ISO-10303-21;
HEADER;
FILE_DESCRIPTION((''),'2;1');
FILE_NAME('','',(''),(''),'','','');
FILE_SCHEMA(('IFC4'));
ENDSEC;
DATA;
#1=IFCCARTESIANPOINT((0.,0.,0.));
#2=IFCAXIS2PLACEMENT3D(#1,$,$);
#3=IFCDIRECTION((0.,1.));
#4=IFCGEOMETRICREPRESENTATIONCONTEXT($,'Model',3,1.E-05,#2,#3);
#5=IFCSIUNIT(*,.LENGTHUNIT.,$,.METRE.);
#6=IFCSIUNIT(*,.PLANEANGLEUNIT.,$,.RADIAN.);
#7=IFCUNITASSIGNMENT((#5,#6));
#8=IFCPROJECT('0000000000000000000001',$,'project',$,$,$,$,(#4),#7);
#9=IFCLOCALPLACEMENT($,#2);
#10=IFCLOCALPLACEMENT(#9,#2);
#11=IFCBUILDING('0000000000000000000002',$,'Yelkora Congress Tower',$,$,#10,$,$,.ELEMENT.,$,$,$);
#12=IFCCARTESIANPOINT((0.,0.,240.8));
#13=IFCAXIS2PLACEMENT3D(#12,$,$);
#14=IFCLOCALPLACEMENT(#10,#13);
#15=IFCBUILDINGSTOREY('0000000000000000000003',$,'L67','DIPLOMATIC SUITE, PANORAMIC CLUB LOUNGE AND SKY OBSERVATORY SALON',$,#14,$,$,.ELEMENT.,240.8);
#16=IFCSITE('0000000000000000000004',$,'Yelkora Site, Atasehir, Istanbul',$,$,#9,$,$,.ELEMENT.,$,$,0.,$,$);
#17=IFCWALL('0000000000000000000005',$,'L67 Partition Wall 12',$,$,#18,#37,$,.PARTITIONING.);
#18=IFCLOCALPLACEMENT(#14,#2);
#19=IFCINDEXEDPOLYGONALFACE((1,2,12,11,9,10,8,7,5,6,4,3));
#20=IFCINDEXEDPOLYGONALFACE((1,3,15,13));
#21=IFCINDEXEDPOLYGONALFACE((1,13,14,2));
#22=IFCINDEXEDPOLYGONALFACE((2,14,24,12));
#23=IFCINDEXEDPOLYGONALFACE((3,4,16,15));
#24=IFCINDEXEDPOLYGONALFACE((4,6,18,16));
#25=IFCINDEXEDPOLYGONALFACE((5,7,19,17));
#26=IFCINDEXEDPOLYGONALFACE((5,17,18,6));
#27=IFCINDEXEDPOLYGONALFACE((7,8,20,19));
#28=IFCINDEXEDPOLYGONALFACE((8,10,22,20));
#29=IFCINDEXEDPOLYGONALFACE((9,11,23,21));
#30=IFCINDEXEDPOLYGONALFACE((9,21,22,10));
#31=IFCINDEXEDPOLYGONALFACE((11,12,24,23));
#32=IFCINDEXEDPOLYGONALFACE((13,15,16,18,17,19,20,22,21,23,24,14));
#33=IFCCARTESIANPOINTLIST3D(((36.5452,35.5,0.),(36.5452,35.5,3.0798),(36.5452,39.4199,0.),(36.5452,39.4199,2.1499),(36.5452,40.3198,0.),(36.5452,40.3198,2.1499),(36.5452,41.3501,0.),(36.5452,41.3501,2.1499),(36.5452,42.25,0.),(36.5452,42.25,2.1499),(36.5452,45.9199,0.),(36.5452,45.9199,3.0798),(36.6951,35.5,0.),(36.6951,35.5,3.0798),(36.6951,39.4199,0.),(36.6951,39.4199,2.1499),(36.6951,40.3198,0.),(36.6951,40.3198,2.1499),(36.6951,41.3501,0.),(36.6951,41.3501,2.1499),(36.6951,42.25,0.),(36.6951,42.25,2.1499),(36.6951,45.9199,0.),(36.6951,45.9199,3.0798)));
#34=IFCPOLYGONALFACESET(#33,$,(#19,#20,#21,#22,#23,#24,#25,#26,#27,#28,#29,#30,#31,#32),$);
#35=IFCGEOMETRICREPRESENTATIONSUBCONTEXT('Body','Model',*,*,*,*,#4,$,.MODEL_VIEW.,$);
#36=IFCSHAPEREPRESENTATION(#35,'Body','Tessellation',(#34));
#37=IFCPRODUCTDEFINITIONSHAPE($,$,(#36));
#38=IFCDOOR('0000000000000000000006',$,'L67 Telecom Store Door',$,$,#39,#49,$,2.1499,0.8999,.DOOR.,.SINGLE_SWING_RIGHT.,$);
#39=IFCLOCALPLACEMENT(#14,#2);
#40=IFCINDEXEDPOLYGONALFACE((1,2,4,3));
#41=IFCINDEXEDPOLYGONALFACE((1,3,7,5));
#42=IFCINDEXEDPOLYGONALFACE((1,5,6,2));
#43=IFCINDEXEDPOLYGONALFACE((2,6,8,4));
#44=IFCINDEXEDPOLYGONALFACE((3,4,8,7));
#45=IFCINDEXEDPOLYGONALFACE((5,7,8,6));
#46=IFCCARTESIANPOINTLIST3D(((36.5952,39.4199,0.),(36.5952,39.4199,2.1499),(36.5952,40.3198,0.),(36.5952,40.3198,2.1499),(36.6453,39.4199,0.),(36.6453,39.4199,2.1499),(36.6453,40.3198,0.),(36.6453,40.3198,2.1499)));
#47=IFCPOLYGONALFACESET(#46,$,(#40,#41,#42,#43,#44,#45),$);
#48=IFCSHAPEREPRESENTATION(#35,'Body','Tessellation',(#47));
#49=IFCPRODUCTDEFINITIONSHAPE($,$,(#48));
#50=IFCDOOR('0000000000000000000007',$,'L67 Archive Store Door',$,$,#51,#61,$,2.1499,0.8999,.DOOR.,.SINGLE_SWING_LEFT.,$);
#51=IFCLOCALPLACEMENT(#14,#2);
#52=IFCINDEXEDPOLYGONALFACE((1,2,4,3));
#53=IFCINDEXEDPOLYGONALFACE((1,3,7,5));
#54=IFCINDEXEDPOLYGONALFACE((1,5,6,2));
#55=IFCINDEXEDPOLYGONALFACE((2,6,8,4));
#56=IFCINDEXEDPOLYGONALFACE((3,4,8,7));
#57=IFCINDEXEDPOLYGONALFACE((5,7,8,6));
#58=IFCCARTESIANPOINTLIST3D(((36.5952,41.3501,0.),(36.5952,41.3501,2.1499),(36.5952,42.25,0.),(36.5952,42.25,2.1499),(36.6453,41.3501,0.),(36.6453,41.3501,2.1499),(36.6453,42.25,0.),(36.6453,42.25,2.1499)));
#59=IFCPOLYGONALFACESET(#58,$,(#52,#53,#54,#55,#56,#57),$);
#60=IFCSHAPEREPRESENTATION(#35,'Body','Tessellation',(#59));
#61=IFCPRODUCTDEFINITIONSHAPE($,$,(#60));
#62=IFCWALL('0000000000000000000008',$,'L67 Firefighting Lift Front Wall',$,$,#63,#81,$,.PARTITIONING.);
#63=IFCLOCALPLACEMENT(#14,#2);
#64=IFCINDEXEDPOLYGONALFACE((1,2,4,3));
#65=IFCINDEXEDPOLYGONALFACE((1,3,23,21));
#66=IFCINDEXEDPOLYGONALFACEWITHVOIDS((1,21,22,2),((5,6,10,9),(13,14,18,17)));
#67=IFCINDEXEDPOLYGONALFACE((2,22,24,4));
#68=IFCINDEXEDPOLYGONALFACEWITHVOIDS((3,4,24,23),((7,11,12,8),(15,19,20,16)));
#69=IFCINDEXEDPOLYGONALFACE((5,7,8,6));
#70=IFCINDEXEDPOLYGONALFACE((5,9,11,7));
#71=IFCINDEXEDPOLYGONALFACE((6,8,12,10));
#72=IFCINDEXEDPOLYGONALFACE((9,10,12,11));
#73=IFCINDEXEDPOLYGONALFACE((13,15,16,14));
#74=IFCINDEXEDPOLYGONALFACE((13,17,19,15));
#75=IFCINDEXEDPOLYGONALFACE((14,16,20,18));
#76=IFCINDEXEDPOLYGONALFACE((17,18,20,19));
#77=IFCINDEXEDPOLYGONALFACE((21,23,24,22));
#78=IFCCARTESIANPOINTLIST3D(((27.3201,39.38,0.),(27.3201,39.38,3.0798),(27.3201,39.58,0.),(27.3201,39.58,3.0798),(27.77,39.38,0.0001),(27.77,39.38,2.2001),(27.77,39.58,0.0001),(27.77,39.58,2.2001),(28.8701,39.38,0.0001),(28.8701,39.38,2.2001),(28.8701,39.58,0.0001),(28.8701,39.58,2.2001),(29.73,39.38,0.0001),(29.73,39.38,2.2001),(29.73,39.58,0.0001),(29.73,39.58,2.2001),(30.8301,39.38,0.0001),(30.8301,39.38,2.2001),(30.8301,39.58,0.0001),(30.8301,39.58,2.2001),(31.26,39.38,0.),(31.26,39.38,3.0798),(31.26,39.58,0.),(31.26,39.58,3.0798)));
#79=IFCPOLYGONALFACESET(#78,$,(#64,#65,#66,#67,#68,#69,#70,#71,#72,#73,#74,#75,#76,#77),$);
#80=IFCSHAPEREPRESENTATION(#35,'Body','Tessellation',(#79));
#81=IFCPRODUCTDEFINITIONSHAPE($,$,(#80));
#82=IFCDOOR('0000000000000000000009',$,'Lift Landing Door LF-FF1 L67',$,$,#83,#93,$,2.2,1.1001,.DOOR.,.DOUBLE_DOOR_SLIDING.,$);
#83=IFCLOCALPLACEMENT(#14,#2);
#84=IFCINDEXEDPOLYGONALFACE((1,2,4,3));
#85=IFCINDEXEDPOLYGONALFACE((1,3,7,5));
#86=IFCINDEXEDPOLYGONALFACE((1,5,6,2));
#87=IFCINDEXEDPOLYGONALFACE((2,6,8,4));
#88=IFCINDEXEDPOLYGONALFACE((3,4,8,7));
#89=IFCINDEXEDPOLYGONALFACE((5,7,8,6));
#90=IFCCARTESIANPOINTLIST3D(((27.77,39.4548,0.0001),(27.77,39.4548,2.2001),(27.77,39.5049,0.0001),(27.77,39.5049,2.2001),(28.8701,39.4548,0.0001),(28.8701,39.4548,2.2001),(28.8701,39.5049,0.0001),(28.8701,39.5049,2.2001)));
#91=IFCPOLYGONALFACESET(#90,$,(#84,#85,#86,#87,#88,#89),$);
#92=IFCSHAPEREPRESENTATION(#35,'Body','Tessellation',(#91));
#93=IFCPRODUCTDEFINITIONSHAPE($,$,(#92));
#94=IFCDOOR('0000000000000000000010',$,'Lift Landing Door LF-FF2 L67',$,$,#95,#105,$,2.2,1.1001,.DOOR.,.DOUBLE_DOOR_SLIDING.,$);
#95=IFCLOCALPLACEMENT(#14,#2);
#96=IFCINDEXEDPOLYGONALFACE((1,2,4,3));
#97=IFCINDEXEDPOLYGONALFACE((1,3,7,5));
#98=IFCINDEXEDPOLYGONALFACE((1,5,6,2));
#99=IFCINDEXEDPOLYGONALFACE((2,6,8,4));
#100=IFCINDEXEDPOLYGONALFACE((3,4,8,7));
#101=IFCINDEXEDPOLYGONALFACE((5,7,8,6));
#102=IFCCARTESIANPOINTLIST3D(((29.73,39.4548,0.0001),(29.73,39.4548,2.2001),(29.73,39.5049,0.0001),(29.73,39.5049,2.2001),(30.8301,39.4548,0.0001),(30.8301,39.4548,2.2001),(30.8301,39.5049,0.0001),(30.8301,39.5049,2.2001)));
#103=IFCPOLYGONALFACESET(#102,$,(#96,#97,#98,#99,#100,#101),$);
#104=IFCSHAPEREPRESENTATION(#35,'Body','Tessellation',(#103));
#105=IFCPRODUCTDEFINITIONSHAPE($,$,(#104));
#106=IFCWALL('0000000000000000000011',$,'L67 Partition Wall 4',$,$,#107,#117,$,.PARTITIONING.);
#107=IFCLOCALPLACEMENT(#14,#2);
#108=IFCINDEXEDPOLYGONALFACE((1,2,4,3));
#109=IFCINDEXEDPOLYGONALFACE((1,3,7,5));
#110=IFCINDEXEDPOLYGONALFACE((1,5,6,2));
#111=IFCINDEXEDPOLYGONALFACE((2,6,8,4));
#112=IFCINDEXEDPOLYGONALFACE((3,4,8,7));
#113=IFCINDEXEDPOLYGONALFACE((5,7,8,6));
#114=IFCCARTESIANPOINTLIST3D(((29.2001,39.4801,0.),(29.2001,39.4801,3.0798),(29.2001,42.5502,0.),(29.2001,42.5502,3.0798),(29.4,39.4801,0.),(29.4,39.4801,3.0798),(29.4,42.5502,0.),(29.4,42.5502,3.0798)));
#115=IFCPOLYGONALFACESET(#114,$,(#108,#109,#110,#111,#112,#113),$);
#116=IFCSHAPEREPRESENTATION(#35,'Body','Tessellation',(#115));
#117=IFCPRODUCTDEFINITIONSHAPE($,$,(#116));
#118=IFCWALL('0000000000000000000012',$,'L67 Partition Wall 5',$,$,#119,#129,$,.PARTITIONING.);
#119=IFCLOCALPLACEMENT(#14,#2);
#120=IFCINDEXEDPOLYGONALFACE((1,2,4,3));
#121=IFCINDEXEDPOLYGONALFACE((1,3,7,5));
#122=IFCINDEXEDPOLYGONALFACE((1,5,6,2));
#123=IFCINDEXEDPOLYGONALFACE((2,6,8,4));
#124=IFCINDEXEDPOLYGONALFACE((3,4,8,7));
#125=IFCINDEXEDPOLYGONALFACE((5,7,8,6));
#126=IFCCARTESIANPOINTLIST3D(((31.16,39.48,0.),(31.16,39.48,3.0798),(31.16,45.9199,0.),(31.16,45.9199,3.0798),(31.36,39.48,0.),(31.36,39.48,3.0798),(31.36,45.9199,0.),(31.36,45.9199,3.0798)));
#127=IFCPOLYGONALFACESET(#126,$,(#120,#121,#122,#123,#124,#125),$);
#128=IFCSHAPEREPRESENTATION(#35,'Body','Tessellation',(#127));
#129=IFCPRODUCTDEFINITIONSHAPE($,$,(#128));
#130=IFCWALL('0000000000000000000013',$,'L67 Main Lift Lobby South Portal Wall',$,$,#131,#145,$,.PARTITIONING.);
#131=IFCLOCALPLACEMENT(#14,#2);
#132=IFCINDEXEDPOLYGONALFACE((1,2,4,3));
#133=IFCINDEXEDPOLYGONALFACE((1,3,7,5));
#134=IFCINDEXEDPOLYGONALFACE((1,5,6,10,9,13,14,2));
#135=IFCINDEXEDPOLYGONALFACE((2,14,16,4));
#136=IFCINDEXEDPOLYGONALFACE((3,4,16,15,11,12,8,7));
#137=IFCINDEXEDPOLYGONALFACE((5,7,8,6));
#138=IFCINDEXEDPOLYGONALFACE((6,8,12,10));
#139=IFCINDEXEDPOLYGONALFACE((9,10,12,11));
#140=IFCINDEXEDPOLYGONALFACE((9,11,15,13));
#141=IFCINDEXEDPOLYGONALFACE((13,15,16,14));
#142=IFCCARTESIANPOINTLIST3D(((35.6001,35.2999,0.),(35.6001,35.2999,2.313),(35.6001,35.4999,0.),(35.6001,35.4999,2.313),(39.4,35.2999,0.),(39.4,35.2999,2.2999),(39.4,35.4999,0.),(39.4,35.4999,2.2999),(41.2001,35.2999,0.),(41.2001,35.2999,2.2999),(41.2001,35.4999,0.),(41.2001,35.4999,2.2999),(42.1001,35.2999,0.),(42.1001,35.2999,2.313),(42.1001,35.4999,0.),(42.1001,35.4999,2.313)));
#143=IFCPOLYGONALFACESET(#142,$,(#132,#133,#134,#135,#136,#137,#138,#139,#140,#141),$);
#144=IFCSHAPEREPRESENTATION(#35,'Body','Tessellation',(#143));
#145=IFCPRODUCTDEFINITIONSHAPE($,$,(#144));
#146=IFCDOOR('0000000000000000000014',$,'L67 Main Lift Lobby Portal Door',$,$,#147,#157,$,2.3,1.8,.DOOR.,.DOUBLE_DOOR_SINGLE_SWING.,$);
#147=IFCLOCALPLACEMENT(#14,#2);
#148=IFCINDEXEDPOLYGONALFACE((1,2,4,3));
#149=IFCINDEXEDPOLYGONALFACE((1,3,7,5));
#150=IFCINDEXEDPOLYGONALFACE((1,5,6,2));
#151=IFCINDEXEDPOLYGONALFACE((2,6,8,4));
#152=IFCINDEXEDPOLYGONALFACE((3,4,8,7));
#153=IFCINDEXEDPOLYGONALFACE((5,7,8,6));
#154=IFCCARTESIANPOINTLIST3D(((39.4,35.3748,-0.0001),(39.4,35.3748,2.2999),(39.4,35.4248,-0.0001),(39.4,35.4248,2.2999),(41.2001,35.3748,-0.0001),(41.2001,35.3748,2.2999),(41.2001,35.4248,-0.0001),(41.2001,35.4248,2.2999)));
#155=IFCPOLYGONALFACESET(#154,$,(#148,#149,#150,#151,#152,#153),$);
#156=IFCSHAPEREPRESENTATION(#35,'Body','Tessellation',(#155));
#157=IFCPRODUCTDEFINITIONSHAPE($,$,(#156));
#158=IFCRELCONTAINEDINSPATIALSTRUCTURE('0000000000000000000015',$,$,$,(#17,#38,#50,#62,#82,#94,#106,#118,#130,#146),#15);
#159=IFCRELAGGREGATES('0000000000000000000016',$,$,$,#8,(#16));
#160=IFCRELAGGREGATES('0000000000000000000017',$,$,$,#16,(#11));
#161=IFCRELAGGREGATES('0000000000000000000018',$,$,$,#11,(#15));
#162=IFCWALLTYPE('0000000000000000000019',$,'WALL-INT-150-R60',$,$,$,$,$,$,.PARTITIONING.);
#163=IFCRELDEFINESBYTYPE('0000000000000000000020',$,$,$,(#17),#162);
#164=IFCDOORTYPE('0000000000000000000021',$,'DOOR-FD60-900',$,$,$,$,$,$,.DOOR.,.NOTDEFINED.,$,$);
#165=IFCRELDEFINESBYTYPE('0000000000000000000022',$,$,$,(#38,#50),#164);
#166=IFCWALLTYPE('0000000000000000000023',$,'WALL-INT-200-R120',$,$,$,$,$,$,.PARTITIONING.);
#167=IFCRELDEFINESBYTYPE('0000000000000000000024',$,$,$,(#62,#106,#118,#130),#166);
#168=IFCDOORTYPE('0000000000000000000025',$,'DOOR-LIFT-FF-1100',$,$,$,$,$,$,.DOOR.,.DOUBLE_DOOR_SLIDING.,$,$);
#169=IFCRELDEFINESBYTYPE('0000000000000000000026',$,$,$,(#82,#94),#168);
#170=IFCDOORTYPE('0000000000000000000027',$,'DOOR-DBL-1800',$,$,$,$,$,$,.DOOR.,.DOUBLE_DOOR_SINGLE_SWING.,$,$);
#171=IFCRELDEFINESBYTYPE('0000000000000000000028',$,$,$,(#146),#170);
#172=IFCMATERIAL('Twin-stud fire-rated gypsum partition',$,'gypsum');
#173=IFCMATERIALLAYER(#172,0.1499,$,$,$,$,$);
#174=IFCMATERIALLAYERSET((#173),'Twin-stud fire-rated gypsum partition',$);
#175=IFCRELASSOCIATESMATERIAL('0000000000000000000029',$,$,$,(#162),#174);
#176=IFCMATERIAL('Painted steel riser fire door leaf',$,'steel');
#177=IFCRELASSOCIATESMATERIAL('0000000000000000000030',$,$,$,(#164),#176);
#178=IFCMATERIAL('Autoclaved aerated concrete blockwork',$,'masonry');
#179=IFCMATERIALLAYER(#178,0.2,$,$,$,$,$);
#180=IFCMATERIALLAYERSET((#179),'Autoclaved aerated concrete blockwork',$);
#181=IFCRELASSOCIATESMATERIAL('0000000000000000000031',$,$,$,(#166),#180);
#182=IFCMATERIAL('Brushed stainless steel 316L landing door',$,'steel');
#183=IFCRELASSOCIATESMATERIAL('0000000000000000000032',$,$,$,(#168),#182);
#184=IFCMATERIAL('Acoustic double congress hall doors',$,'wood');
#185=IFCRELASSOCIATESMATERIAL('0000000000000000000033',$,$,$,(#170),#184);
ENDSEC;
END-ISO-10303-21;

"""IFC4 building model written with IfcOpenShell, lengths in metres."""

from ifc_helpers import new_model, si_unit, direction, frame, frame_2d, origin, place, context, subcontext, project, spatial, rectangle, extrude, material, layer, layer_set, type_object, element, fill, save


model = new_model("IFC4")

# Units and contexts
model_context = context("Model", 3, precision=1e-05, world=origin(), true_north=direction((0.0, 1.0)))
body_context = subcontext(model_context, "Body", "Model", "MODEL_VIEW")
ifc_project = project(units=[si_unit("LENGTHUNIT", "METRE"), si_unit("PLANEANGLEUNIT", "RADIAN")], contexts=[model_context])

# Site, building, storey
site_placement = place(None, origin())
site = spatial("IfcSite", under=ifc_project, at=site_placement, Name="Yelkora Site, Atasehir, Istanbul", CompositionType="ELEMENT", RefElevation=0.0)
building_placement = place(site_placement, origin())
building = spatial("IfcBuilding", under=site, at=building_placement, Name="Yelkora Congress Tower", CompositionType="ELEMENT")
storey_placement = place(building_placement, frame((0.0, 0.0, 240.8)))
storey = spatial("IfcBuildingStorey", under=building, at=storey_placement, Name="L67", Description="DIPLOMATIC SUITE, PANORAMIC CLUB LOUNGE AND SKY OBSERVATORY SALON", CompositionType="ELEMENT", Elevation=240.8)

# Shared definitions
ifc_material_1 = material(Name="Twin-stud fire-rated gypsum partition", Category="gypsum")
ifc_layer_1 = layer(ifc_material_1, 0.1499)
ifc_layer_set_1 = layer_set([ifc_layer_1], Name="Twin-stud fire-rated gypsum partition")
wall_type_1 = type_object("IfcWallType", Name="WALL-INT-150-R60", PredefinedType="PARTITIONING", material=ifc_layer_set_1)

# Wall, openings, doors
wall_1_placement = place(storey_placement, frame((36.6201, 35.5, 0.0), z_axis=(0.0, 0.0, 1.0), x_axis=(0.0, 1.0, 0.0)))
wall_1 = element("IfcWall", 1, at=wall_1_placement, inside=storey, type_object=wall_type_1, Name="L67 Partition Wall 12", PredefinedType="PARTITIONING", context=body_context, shape_type="SweptSolid", body=[
    extrude(rectangle(XDim=10.4199, YDim=0.1499, at=frame_2d((5.21, 0.0))), origin(), (0.0, 0.0, 1.0), 3.0798),
])
opening_1_placement = place(wall_1_placement, frame((3.9199, 0.0, 0.0)))
opening_1 = element("IfcOpeningElement", 2, at=opening_1_placement, cuts=wall_1, PredefinedType="OPENING", context=body_context, shape_type="SweptSolid", body=[
    extrude(rectangle(XDim=0.8999, YDim=2.1499, at=frame_2d((0.45, 1.075))), frame((0.0, 0.085, 0.0), z_axis=(0.0, -1.0, 0.0), x_axis=(1.0, 0.0, 0.0)), (0.0, 0.0, 1.0), 0.1699),
])
opening_2_placement = place(wall_1_placement, frame((5.8501, 0.0, 0.0)))
opening_2 = element("IfcOpeningElement", 3, at=opening_2_placement, cuts=wall_1, PredefinedType="OPENING", context=body_context, shape_type="SweptSolid", body=[
    extrude(rectangle(XDim=0.8999, YDim=2.1499, at=frame_2d((0.45, 1.075))), frame((0.0, 0.085, 0.0), z_axis=(0.0, -1.0, 0.0), x_axis=(1.0, 0.0, 0.0)), (0.0, 0.0, 1.0), 0.1699),
])
ifc_material_2 = material(Name="Painted steel riser fire door leaf", Category="steel")
door_type_1 = type_object("IfcDoorType", Name="DOOR-FD60-900", OperationType="NOTDEFINED", PredefinedType="DOOR", material=ifc_material_2)
door_1_placement = place(opening_1_placement, origin())
door_1 = element("IfcDoor", 4, at=door_1_placement, inside=storey, type_object=door_type_1, Name="L67 Telecom Store Door", OperationType="SINGLE_SWING_RIGHT", OverallHeight=2.1499, OverallWidth=0.8999, PredefinedType="DOOR", context=body_context, shape_type="SweptSolid", body=[
    extrude(rectangle(XDim=0.8999, YDim=2.1499, at=frame_2d((0.45, 1.075))), frame((0.0, 0.0249, 0.0), z_axis=(0.0, -1.0, 0.0), x_axis=(1.0, 0.0, 0.0)), (0.0, 0.0, 1.0), 0.05),
])
fill(opening_1, door_1)
door_2_placement = place(opening_2_placement, origin())
door_2 = element("IfcDoor", 5, at=door_2_placement, inside=storey, type_object=door_type_1, Name="L67 Archive Store Door", OperationType="SINGLE_SWING_LEFT", OverallHeight=2.1499, OverallWidth=0.8999, PredefinedType="DOOR", context=body_context, shape_type="SweptSolid", body=[
    extrude(rectangle(XDim=0.8999, YDim=2.1499, at=frame_2d((0.45, 1.075))), frame((0.0, 0.0249, 0.0), z_axis=(0.0, -1.0, 0.0), x_axis=(1.0, 0.0, 0.0)), (0.0, 0.0, 1.0), 0.05),
])
fill(opening_2, door_2)

# Shared definitions
ifc_material_3 = material(Name="Autoclaved aerated concrete blockwork", Category="masonry")
ifc_layer_2 = layer(ifc_material_3, 0.2)
ifc_layer_set_2 = layer_set([ifc_layer_2], Name="Autoclaved aerated concrete blockwork")
wall_type_2 = type_object("IfcWallType", Name="WALL-INT-200-R120", PredefinedType="PARTITIONING", material=ifc_layer_set_2)

# Wall, openings, doors
wall_2_placement = place(storey_placement, frame((27.3201, 39.48, 0.0), z_axis=(0.0, 0.0, 1.0), x_axis=(1.0, 0.0, 0.0)))
wall_2 = element("IfcWall", 6, at=wall_2_placement, inside=storey, type_object=wall_type_2, Name="L67 Firefighting Lift Front Wall", PredefinedType="PARTITIONING", context=body_context, shape_type="SweptSolid", body=[
    extrude(rectangle(XDim=3.9399, YDim=0.2, at=frame_2d((1.97, 0.0))), origin(), (0.0, 0.0, 1.0), 3.0798),
])
opening_3_placement = place(wall_2_placement, frame((0.45, 0.0, 0.0)))
opening_3 = element("IfcOpeningElement", 7, at=opening_3_placement, cuts=wall_2, PredefinedType="OPENING", context=body_context, shape_type="SweptSolid", body=[
    extrude(rectangle(XDim=1.1001, YDim=2.2, at=frame_2d((0.55, 1.1001))), frame((0.0, 0.1099, 0.0), z_axis=(0.0, -1.0, 0.0), x_axis=(1.0, 0.0, 0.0)), (0.0, 0.0, 1.0), 0.22),
])
opening_4_placement = place(wall_2_placement, frame((2.4099, 0.0, 0.0)))
opening_4 = element("IfcOpeningElement", 8, at=opening_4_placement, cuts=wall_2, PredefinedType="OPENING", context=body_context, shape_type="SweptSolid", body=[
    extrude(rectangle(XDim=1.1001, YDim=2.2, at=frame_2d((0.55, 1.1001))), frame((0.0, 0.1099, 0.0), z_axis=(0.0, -1.0, 0.0), x_axis=(1.0, 0.0, 0.0)), (0.0, 0.0, 1.0), 0.22),
])
ifc_material_4 = material(Name="Brushed stainless steel 316L landing door", Category="steel")
door_type_2 = type_object("IfcDoorType", Name="DOOR-LIFT-FF-1100", OperationType="DOUBLE_DOOR_SLIDING", PredefinedType="DOOR", material=ifc_material_4)
door_3_placement = place(opening_3_placement, origin())
door_3 = element("IfcDoor", 9, at=door_3_placement, inside=storey, type_object=door_type_2, Name="Lift Landing Door LF-FF1 L67", OperationType="DOUBLE_DOOR_SLIDING", OverallHeight=2.2, OverallWidth=1.1001, PredefinedType="DOOR", context=body_context, shape_type="SweptSolid", body=[
    extrude(rectangle(XDim=1.1001, YDim=2.2, at=frame_2d((0.55, 1.1001))), frame((0.0, 0.0249, 0.0), z_axis=(0.0, -1.0, 0.0), x_axis=(1.0, 0.0, 0.0)), (0.0, 0.0, 1.0), 0.05),
])
fill(opening_3, door_3)
door_4_placement = place(opening_4_placement, origin())
door_4 = element("IfcDoor", 10, at=door_4_placement, inside=storey, type_object=door_type_2, Name="Lift Landing Door LF-FF2 L67", OperationType="DOUBLE_DOOR_SLIDING", OverallHeight=2.2, OverallWidth=1.1001, PredefinedType="DOOR", context=body_context, shape_type="SweptSolid", body=[
    extrude(rectangle(XDim=1.1001, YDim=2.2, at=frame_2d((0.55, 1.1001))), frame((0.0, 0.0249, 0.0), z_axis=(0.0, -1.0, 0.0), x_axis=(1.0, 0.0, 0.0)), (0.0, 0.0, 1.0), 0.05),
])
fill(opening_4, door_4)

# Walls
wall_3_placement = place(storey_placement, frame((29.3, 39.48, 0.0), z_axis=(0.0, 0.0, 1.0), x_axis=(0.0, 1.0, 0.0)))
element("IfcWall", 11, at=wall_3_placement, inside=storey, type_object=wall_type_2, Name="L67 Partition Wall 4", PredefinedType="PARTITIONING", context=body_context, shape_type="SweptSolid", body=[
    extrude(rectangle(XDim=3.0701, YDim=0.2, at=frame_2d((1.5352, 0.0))), origin(), (0.0, 0.0, 1.0), 3.0798),
])
wall_4_placement = place(storey_placement, frame((31.26, 39.48, 0.0), z_axis=(0.0, 0.0, 1.0), x_axis=(0.0, 1.0, 0.0)))
element("IfcWall", 12, at=wall_4_placement, inside=storey, type_object=wall_type_2, Name="L67 Partition Wall 5", PredefinedType="PARTITIONING", context=body_context, shape_type="SweptSolid", body=[
    extrude(rectangle(XDim=6.4399, YDim=0.2, at=frame_2d((3.22, 0.0))), origin(), (0.0, 0.0, 1.0), 3.0798),
])

# Wall, opening, door
wall_5_placement = place(storey_placement, frame((35.6001, 35.3999, 0.0), z_axis=(0.0, 0.0, 1.0), x_axis=(1.0, 0.0, 0.0)))
wall_5 = element("IfcWall", 13, at=wall_5_placement, inside=storey, type_object=wall_type_2, Name="L67 Main Lift Lobby South Portal Wall", PredefinedType="PARTITIONING", context=body_context, shape_type="SweptSolid", body=[
    extrude(rectangle(XDim=6.5, YDim=0.2, at=frame_2d((3.25, 0.0))), origin(), (0.0, 0.0, 1.0), 2.313),
])
opening_5_placement = place(wall_5_placement, frame((3.8, 0.0, 0.0)))
opening_5 = element("IfcOpeningElement", 14, at=opening_5_placement, cuts=wall_5, PredefinedType="OPENING", context=body_context, shape_type="SweptSolid", body=[
    extrude(rectangle(XDim=1.8, YDim=2.3, at=frame_2d((0.8999, 1.1499))), frame((0.0, 0.1099, 0.0), z_axis=(0.0, -1.0, 0.0), x_axis=(1.0, 0.0, 0.0)), (0.0, 0.0, 1.0), 0.22),
])
ifc_material_5 = material(Name="Acoustic double congress hall doors", Category="wood")
door_type_3 = type_object("IfcDoorType", Name="DOOR-DBL-1800", OperationType="DOUBLE_DOOR_SINGLE_SWING", PredefinedType="DOOR", material=ifc_material_5)
door_5_placement = place(opening_5_placement, origin())
door_5 = element("IfcDoor", 15, at=door_5_placement, inside=storey, type_object=door_type_3, Name="L67 Main Lift Lobby Portal Door", OperationType="DOUBLE_DOOR_SINGLE_SWING", OverallHeight=2.3, OverallWidth=1.8, PredefinedType="DOOR", context=body_context, shape_type="SweptSolid", body=[
    extrude(rectangle(XDim=1.8, YDim=2.3, at=frame_2d((0.8999, 1.1499))), frame((0.0, 0.0249, 0.0), z_axis=(0.0, -1.0, 0.0), x_axis=(1.0, 0.0, 0.0)), (0.0, 0.0, 1.0), 0.05),
])
fill(opening_5, door_5)

save(model, "model.ifc")
